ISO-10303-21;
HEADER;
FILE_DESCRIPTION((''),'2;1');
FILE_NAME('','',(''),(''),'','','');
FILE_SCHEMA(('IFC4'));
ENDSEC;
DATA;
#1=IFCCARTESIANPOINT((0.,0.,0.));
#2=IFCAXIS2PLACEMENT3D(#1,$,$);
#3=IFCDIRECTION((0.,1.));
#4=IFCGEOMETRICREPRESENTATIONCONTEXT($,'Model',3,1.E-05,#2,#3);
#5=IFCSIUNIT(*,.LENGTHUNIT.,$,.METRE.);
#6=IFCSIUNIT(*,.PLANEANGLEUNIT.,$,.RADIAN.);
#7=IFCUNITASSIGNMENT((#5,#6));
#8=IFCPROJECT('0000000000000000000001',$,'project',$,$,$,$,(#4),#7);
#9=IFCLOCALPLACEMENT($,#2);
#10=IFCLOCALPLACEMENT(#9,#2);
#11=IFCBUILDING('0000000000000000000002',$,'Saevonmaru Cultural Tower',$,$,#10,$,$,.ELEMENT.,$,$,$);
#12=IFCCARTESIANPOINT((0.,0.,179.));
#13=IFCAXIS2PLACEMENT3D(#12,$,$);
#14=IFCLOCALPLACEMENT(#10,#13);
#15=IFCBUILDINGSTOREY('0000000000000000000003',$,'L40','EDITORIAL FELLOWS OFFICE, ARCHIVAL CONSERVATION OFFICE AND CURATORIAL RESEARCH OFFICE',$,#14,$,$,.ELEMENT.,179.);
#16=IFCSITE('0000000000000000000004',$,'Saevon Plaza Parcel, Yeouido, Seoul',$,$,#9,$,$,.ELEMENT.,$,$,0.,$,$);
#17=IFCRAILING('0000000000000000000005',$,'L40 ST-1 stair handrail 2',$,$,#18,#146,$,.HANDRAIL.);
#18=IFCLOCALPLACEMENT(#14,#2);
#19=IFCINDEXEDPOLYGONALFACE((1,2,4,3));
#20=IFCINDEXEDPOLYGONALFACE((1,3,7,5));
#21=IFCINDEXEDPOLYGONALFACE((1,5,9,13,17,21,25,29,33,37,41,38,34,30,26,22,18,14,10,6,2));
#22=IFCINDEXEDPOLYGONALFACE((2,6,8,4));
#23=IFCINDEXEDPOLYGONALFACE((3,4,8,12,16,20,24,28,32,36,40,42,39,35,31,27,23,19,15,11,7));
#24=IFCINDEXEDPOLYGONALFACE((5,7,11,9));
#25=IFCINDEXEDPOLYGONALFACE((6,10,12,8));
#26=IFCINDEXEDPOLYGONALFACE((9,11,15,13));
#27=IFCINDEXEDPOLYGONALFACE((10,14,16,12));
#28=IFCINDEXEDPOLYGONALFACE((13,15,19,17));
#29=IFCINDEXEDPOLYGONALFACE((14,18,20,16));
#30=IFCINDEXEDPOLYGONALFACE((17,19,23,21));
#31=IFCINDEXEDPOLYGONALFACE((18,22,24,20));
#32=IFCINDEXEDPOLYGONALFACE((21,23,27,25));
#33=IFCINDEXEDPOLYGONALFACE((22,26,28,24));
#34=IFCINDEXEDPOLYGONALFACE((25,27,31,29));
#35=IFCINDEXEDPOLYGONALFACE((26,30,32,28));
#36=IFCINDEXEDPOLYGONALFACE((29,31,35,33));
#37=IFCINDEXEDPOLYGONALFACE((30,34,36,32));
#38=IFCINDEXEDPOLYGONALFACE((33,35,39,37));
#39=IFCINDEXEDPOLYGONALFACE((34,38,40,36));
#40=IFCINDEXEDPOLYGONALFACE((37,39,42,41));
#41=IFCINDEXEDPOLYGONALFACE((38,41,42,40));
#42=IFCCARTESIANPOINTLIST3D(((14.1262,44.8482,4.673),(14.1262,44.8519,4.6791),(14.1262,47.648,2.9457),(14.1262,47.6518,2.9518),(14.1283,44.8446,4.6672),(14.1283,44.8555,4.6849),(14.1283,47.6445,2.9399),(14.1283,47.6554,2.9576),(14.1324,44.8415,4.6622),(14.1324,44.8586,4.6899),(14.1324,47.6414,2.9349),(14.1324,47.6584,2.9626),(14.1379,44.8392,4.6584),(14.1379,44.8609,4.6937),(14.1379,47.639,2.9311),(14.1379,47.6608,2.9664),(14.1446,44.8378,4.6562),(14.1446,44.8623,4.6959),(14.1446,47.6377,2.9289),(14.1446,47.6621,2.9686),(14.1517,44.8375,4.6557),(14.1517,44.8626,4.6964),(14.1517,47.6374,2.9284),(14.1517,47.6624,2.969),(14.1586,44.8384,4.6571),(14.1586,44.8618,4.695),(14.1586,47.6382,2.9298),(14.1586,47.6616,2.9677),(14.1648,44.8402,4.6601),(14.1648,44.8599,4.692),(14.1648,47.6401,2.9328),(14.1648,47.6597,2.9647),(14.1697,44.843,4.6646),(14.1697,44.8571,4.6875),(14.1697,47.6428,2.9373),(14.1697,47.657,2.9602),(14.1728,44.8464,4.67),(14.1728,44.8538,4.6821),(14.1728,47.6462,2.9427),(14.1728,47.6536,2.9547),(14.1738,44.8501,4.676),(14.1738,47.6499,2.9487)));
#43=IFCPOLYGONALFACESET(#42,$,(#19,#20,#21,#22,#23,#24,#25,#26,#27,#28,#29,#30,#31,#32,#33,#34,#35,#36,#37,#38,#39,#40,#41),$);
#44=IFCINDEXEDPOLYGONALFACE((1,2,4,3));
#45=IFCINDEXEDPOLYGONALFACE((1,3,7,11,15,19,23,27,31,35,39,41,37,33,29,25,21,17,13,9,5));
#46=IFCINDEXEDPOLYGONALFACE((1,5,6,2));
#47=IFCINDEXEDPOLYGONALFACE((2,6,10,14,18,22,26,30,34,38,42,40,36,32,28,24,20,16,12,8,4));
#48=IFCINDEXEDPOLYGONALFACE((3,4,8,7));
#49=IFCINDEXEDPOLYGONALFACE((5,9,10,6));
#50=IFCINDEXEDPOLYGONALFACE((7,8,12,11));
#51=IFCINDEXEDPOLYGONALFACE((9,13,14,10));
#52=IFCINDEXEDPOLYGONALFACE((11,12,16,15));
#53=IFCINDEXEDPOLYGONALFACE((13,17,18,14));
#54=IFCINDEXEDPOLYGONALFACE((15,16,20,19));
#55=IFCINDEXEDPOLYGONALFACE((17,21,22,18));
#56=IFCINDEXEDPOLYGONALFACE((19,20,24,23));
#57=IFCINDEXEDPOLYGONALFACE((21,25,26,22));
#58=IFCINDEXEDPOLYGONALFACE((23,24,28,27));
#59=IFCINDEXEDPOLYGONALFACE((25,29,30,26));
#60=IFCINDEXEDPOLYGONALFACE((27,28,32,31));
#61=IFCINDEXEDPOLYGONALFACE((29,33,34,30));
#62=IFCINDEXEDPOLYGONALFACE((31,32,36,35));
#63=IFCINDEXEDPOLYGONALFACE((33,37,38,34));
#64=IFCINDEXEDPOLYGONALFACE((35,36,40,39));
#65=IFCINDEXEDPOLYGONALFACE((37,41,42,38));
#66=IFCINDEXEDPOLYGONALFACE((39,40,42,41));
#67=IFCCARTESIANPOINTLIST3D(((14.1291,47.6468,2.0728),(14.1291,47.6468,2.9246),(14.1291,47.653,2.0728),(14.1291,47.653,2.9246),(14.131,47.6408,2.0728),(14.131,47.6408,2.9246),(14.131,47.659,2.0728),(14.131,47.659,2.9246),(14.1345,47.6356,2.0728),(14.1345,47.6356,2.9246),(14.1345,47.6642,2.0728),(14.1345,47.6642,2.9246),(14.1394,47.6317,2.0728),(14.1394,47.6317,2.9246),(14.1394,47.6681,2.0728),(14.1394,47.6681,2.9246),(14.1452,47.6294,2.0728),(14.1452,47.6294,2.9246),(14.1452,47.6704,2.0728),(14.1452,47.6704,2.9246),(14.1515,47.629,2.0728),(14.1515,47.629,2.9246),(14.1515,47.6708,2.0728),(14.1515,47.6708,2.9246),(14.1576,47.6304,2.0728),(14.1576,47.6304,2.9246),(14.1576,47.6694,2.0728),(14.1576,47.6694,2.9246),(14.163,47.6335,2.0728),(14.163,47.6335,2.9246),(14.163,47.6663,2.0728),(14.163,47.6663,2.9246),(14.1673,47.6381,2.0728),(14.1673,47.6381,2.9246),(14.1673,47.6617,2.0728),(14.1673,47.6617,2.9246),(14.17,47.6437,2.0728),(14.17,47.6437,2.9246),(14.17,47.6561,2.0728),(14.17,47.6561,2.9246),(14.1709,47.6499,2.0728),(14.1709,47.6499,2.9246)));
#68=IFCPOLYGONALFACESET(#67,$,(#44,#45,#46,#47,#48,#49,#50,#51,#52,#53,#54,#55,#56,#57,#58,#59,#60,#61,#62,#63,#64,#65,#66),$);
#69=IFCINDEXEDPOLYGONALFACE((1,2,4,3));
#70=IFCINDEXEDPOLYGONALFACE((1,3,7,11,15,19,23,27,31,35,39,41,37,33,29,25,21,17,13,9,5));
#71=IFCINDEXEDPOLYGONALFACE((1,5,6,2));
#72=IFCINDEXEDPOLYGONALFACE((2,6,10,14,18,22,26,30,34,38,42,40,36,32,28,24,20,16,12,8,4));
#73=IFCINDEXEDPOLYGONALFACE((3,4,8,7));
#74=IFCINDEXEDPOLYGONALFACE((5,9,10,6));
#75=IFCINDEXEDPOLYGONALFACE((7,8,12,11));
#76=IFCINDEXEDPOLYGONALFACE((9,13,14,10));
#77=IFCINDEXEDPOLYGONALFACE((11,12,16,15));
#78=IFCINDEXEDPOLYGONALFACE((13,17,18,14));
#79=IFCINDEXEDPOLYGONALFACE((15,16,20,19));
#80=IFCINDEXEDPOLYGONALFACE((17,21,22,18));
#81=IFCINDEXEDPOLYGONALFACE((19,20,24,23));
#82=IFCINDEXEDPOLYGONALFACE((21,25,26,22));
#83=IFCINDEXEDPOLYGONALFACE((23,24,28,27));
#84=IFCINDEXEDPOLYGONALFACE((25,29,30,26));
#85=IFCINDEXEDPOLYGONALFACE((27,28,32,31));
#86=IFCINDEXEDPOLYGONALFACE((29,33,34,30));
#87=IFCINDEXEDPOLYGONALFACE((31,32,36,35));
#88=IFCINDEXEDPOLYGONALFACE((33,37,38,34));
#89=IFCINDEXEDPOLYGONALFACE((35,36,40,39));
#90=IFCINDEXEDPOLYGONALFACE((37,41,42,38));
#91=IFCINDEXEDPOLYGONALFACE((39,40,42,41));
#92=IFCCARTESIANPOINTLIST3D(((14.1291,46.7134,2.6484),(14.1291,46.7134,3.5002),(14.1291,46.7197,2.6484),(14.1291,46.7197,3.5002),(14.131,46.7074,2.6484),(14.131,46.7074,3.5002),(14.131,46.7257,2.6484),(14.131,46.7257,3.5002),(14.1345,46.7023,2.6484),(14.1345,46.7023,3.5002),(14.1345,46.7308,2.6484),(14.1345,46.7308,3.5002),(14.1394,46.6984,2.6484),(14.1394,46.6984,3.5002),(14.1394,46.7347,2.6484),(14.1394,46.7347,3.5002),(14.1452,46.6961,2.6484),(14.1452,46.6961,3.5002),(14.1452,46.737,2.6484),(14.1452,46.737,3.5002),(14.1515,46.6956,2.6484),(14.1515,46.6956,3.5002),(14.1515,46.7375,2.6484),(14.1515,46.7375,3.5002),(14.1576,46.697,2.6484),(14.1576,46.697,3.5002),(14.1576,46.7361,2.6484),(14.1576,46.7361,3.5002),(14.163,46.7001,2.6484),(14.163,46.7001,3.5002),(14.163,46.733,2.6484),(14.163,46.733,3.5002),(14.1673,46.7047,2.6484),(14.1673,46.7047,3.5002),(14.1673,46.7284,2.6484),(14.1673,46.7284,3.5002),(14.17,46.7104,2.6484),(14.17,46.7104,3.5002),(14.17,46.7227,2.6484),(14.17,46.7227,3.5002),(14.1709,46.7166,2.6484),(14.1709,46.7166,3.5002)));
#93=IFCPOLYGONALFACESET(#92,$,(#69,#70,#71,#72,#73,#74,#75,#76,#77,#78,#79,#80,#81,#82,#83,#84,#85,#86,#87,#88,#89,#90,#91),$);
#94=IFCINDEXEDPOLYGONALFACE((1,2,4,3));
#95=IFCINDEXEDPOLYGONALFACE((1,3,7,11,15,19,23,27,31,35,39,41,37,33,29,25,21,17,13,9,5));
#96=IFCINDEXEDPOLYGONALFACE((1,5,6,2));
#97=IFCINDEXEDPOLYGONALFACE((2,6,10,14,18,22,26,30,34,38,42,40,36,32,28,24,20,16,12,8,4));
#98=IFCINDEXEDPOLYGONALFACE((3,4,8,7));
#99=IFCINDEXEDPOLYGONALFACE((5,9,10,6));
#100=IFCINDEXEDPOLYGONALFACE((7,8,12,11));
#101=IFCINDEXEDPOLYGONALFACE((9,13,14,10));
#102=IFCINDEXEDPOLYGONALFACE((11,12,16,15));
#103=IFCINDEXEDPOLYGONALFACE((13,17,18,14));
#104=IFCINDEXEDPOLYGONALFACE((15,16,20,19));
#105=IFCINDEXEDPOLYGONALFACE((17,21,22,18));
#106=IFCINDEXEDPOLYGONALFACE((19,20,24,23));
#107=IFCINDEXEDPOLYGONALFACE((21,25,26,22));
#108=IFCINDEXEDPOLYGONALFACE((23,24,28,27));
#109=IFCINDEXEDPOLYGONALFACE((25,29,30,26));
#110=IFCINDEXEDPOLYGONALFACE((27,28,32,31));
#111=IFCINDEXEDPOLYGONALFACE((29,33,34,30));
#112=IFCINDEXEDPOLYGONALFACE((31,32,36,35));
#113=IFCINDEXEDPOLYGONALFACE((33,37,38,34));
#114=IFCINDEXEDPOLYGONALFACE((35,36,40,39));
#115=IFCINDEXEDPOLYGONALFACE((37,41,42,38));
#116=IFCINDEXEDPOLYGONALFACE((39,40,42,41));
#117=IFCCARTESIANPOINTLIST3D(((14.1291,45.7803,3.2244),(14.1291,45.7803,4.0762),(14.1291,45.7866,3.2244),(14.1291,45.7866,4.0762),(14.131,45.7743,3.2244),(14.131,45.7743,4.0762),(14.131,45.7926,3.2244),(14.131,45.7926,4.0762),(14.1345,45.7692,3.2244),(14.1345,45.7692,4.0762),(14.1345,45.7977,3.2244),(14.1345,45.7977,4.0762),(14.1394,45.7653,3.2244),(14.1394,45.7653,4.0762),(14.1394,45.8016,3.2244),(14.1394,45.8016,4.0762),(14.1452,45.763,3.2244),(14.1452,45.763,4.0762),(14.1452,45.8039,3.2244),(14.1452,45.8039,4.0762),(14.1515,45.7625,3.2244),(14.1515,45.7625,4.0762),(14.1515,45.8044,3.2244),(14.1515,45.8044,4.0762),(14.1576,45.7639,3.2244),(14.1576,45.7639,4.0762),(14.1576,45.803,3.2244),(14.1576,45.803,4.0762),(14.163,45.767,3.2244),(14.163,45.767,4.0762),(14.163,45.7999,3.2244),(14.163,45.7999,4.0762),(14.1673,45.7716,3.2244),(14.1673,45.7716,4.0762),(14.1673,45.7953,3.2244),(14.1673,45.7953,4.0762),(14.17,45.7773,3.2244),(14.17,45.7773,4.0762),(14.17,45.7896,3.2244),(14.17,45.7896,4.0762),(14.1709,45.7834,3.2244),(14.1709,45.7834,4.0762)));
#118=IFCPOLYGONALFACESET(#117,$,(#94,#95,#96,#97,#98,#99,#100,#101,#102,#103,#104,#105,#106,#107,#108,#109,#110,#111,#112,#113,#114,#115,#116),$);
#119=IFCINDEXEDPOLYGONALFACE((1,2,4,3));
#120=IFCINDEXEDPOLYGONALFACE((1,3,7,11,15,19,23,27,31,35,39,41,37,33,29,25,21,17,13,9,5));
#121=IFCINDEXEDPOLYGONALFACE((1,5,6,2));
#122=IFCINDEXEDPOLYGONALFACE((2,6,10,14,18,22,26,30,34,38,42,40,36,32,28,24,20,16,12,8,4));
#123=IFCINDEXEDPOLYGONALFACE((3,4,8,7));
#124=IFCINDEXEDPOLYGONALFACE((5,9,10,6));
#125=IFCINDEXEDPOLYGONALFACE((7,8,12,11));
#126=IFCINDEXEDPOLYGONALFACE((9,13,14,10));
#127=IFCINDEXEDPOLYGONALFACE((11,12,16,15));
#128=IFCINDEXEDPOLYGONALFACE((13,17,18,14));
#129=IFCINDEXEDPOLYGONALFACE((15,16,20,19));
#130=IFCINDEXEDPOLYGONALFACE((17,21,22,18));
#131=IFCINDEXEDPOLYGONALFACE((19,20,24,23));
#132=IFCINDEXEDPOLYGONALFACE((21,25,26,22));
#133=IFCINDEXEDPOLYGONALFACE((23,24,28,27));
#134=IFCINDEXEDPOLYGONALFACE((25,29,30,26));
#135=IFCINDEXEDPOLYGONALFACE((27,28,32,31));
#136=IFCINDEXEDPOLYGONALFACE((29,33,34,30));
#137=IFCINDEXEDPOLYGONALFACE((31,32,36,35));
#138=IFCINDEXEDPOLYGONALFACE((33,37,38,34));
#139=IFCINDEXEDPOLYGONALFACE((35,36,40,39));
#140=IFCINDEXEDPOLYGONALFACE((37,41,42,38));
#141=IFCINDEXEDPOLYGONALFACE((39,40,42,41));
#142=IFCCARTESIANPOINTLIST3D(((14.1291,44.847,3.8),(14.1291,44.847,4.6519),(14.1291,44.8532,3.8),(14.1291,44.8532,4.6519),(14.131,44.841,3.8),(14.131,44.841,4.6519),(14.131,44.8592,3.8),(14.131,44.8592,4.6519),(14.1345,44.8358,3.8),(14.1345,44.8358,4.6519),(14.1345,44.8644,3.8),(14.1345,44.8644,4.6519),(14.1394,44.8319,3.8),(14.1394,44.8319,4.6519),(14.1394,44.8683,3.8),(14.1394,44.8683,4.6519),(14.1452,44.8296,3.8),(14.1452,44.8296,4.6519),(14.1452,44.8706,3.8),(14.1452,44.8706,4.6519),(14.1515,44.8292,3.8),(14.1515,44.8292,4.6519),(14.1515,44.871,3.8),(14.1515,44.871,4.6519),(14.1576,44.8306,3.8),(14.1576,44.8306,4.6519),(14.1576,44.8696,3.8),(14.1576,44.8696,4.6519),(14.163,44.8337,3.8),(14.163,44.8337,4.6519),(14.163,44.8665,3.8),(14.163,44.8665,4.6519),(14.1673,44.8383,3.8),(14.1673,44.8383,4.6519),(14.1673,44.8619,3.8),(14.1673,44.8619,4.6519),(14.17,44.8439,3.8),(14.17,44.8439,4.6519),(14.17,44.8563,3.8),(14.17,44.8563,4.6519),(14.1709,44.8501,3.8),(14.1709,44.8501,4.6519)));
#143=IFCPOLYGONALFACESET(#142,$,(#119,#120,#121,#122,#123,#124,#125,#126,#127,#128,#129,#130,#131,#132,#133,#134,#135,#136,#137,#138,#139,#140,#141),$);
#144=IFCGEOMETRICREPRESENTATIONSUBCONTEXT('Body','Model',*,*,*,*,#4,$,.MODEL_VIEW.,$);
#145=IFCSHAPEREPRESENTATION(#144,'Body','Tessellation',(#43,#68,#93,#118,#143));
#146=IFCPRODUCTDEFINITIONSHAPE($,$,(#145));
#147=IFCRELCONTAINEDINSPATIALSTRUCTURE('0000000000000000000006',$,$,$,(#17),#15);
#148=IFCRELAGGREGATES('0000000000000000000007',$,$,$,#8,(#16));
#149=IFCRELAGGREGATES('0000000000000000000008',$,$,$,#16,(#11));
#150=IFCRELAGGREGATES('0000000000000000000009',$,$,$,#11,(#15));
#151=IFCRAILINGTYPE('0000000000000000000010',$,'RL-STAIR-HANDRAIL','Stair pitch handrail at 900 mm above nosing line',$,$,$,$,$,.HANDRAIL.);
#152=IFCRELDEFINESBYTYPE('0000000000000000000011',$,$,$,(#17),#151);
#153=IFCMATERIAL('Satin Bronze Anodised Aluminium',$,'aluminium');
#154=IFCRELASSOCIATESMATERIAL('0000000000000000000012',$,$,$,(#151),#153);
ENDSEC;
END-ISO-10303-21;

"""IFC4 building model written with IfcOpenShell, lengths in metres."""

from ifc_helpers import new_model, si_unit, direction, frame, origin, origin_2d, place, context, subcontext, project, spatial, circle, extrude, material, type_object, element, save


model = new_model("IFC4")

# Units and contexts
model_context = context("Model", 3, precision=1e-05, world=origin(), true_north=direction((0.0, 1.0)))
body_context = subcontext(model_context, "Body", "Model", "MODEL_VIEW")
ifc_project = project(units=[si_unit("LENGTHUNIT", "METRE"), si_unit("PLANEANGLEUNIT", "RADIAN")], contexts=[model_context])

# Site, building, storey
site_placement = place(None, origin())
site = spatial("IfcSite", under=ifc_project, at=site_placement, Name="Saevon Plaza Parcel, Yeouido, Seoul", CompositionType="ELEMENT", RefElevation=0.0)
building_placement = place(site_placement, origin())
building = spatial("IfcBuilding", under=site, at=building_placement, Name="Saevonmaru Cultural Tower", CompositionType="ELEMENT")
storey_placement = place(building_placement, frame((0.0, 0.0, 179.0)))
storey = spatial("IfcBuildingStorey", under=building, at=storey_placement, Name="L40", Description="EDITORIAL FELLOWS OFFICE, ARCHIVAL CONSERVATION OFFICE AND CURATORIAL RESEARCH OFFICE", CompositionType="ELEMENT", Elevation=179.0)

# Shared definitions
ifc_material_1 = material(Name="Satin Bronze Anodised Aluminium", Category="aluminium")

# Railing
railing_type_1 = type_object("IfcRailingType", Name="RL-STAIR-HANDRAIL", Description="Stair pitch handrail at 900 mm above nosing line", PredefinedType="HANDRAIL", material=ifc_material_1)
railing_1_placement = place(storey_placement, frame((14.1499, 47.6499, 2.0728)))
element("IfcRailing", 1, at=railing_1_placement, inside=storey, type_object=railing_type_1, Name="L40 ST-1 stair handrail 2", PredefinedType="HANDRAIL", context=body_context, shape_type="SweptSolid", body=[
    extrude(circle(Radius=0.0239, at=origin_2d()), frame((0.0, 0.0, 0.876), z_axis=(0.0, -0.851069, 0.525054), x_axis=(1.0, 0.0, 0.0)), (0.0, 0.0, 1.0), 3.2898),
    extrude(circle(Radius=0.021, at=origin_2d()), origin(), (0.0, 0.0, 1.0), 0.8518),
    extrude(circle(Radius=0.021, at=origin_2d()), frame((0.0, -0.9333, 0.5757)), (0.0, 0.0, 1.0), 0.8518),
    extrude(circle(Radius=0.021, at=origin_2d()), frame((0.0, -1.8665, 1.1516)), (0.0, 0.0, 1.0), 0.8518),
    extrude(circle(Radius=0.021, at=origin_2d()), frame((0.0, -2.7998, 1.7273)), (0.0, 0.0, 1.0), 0.8518),
])

save(model, "model.ifc")
